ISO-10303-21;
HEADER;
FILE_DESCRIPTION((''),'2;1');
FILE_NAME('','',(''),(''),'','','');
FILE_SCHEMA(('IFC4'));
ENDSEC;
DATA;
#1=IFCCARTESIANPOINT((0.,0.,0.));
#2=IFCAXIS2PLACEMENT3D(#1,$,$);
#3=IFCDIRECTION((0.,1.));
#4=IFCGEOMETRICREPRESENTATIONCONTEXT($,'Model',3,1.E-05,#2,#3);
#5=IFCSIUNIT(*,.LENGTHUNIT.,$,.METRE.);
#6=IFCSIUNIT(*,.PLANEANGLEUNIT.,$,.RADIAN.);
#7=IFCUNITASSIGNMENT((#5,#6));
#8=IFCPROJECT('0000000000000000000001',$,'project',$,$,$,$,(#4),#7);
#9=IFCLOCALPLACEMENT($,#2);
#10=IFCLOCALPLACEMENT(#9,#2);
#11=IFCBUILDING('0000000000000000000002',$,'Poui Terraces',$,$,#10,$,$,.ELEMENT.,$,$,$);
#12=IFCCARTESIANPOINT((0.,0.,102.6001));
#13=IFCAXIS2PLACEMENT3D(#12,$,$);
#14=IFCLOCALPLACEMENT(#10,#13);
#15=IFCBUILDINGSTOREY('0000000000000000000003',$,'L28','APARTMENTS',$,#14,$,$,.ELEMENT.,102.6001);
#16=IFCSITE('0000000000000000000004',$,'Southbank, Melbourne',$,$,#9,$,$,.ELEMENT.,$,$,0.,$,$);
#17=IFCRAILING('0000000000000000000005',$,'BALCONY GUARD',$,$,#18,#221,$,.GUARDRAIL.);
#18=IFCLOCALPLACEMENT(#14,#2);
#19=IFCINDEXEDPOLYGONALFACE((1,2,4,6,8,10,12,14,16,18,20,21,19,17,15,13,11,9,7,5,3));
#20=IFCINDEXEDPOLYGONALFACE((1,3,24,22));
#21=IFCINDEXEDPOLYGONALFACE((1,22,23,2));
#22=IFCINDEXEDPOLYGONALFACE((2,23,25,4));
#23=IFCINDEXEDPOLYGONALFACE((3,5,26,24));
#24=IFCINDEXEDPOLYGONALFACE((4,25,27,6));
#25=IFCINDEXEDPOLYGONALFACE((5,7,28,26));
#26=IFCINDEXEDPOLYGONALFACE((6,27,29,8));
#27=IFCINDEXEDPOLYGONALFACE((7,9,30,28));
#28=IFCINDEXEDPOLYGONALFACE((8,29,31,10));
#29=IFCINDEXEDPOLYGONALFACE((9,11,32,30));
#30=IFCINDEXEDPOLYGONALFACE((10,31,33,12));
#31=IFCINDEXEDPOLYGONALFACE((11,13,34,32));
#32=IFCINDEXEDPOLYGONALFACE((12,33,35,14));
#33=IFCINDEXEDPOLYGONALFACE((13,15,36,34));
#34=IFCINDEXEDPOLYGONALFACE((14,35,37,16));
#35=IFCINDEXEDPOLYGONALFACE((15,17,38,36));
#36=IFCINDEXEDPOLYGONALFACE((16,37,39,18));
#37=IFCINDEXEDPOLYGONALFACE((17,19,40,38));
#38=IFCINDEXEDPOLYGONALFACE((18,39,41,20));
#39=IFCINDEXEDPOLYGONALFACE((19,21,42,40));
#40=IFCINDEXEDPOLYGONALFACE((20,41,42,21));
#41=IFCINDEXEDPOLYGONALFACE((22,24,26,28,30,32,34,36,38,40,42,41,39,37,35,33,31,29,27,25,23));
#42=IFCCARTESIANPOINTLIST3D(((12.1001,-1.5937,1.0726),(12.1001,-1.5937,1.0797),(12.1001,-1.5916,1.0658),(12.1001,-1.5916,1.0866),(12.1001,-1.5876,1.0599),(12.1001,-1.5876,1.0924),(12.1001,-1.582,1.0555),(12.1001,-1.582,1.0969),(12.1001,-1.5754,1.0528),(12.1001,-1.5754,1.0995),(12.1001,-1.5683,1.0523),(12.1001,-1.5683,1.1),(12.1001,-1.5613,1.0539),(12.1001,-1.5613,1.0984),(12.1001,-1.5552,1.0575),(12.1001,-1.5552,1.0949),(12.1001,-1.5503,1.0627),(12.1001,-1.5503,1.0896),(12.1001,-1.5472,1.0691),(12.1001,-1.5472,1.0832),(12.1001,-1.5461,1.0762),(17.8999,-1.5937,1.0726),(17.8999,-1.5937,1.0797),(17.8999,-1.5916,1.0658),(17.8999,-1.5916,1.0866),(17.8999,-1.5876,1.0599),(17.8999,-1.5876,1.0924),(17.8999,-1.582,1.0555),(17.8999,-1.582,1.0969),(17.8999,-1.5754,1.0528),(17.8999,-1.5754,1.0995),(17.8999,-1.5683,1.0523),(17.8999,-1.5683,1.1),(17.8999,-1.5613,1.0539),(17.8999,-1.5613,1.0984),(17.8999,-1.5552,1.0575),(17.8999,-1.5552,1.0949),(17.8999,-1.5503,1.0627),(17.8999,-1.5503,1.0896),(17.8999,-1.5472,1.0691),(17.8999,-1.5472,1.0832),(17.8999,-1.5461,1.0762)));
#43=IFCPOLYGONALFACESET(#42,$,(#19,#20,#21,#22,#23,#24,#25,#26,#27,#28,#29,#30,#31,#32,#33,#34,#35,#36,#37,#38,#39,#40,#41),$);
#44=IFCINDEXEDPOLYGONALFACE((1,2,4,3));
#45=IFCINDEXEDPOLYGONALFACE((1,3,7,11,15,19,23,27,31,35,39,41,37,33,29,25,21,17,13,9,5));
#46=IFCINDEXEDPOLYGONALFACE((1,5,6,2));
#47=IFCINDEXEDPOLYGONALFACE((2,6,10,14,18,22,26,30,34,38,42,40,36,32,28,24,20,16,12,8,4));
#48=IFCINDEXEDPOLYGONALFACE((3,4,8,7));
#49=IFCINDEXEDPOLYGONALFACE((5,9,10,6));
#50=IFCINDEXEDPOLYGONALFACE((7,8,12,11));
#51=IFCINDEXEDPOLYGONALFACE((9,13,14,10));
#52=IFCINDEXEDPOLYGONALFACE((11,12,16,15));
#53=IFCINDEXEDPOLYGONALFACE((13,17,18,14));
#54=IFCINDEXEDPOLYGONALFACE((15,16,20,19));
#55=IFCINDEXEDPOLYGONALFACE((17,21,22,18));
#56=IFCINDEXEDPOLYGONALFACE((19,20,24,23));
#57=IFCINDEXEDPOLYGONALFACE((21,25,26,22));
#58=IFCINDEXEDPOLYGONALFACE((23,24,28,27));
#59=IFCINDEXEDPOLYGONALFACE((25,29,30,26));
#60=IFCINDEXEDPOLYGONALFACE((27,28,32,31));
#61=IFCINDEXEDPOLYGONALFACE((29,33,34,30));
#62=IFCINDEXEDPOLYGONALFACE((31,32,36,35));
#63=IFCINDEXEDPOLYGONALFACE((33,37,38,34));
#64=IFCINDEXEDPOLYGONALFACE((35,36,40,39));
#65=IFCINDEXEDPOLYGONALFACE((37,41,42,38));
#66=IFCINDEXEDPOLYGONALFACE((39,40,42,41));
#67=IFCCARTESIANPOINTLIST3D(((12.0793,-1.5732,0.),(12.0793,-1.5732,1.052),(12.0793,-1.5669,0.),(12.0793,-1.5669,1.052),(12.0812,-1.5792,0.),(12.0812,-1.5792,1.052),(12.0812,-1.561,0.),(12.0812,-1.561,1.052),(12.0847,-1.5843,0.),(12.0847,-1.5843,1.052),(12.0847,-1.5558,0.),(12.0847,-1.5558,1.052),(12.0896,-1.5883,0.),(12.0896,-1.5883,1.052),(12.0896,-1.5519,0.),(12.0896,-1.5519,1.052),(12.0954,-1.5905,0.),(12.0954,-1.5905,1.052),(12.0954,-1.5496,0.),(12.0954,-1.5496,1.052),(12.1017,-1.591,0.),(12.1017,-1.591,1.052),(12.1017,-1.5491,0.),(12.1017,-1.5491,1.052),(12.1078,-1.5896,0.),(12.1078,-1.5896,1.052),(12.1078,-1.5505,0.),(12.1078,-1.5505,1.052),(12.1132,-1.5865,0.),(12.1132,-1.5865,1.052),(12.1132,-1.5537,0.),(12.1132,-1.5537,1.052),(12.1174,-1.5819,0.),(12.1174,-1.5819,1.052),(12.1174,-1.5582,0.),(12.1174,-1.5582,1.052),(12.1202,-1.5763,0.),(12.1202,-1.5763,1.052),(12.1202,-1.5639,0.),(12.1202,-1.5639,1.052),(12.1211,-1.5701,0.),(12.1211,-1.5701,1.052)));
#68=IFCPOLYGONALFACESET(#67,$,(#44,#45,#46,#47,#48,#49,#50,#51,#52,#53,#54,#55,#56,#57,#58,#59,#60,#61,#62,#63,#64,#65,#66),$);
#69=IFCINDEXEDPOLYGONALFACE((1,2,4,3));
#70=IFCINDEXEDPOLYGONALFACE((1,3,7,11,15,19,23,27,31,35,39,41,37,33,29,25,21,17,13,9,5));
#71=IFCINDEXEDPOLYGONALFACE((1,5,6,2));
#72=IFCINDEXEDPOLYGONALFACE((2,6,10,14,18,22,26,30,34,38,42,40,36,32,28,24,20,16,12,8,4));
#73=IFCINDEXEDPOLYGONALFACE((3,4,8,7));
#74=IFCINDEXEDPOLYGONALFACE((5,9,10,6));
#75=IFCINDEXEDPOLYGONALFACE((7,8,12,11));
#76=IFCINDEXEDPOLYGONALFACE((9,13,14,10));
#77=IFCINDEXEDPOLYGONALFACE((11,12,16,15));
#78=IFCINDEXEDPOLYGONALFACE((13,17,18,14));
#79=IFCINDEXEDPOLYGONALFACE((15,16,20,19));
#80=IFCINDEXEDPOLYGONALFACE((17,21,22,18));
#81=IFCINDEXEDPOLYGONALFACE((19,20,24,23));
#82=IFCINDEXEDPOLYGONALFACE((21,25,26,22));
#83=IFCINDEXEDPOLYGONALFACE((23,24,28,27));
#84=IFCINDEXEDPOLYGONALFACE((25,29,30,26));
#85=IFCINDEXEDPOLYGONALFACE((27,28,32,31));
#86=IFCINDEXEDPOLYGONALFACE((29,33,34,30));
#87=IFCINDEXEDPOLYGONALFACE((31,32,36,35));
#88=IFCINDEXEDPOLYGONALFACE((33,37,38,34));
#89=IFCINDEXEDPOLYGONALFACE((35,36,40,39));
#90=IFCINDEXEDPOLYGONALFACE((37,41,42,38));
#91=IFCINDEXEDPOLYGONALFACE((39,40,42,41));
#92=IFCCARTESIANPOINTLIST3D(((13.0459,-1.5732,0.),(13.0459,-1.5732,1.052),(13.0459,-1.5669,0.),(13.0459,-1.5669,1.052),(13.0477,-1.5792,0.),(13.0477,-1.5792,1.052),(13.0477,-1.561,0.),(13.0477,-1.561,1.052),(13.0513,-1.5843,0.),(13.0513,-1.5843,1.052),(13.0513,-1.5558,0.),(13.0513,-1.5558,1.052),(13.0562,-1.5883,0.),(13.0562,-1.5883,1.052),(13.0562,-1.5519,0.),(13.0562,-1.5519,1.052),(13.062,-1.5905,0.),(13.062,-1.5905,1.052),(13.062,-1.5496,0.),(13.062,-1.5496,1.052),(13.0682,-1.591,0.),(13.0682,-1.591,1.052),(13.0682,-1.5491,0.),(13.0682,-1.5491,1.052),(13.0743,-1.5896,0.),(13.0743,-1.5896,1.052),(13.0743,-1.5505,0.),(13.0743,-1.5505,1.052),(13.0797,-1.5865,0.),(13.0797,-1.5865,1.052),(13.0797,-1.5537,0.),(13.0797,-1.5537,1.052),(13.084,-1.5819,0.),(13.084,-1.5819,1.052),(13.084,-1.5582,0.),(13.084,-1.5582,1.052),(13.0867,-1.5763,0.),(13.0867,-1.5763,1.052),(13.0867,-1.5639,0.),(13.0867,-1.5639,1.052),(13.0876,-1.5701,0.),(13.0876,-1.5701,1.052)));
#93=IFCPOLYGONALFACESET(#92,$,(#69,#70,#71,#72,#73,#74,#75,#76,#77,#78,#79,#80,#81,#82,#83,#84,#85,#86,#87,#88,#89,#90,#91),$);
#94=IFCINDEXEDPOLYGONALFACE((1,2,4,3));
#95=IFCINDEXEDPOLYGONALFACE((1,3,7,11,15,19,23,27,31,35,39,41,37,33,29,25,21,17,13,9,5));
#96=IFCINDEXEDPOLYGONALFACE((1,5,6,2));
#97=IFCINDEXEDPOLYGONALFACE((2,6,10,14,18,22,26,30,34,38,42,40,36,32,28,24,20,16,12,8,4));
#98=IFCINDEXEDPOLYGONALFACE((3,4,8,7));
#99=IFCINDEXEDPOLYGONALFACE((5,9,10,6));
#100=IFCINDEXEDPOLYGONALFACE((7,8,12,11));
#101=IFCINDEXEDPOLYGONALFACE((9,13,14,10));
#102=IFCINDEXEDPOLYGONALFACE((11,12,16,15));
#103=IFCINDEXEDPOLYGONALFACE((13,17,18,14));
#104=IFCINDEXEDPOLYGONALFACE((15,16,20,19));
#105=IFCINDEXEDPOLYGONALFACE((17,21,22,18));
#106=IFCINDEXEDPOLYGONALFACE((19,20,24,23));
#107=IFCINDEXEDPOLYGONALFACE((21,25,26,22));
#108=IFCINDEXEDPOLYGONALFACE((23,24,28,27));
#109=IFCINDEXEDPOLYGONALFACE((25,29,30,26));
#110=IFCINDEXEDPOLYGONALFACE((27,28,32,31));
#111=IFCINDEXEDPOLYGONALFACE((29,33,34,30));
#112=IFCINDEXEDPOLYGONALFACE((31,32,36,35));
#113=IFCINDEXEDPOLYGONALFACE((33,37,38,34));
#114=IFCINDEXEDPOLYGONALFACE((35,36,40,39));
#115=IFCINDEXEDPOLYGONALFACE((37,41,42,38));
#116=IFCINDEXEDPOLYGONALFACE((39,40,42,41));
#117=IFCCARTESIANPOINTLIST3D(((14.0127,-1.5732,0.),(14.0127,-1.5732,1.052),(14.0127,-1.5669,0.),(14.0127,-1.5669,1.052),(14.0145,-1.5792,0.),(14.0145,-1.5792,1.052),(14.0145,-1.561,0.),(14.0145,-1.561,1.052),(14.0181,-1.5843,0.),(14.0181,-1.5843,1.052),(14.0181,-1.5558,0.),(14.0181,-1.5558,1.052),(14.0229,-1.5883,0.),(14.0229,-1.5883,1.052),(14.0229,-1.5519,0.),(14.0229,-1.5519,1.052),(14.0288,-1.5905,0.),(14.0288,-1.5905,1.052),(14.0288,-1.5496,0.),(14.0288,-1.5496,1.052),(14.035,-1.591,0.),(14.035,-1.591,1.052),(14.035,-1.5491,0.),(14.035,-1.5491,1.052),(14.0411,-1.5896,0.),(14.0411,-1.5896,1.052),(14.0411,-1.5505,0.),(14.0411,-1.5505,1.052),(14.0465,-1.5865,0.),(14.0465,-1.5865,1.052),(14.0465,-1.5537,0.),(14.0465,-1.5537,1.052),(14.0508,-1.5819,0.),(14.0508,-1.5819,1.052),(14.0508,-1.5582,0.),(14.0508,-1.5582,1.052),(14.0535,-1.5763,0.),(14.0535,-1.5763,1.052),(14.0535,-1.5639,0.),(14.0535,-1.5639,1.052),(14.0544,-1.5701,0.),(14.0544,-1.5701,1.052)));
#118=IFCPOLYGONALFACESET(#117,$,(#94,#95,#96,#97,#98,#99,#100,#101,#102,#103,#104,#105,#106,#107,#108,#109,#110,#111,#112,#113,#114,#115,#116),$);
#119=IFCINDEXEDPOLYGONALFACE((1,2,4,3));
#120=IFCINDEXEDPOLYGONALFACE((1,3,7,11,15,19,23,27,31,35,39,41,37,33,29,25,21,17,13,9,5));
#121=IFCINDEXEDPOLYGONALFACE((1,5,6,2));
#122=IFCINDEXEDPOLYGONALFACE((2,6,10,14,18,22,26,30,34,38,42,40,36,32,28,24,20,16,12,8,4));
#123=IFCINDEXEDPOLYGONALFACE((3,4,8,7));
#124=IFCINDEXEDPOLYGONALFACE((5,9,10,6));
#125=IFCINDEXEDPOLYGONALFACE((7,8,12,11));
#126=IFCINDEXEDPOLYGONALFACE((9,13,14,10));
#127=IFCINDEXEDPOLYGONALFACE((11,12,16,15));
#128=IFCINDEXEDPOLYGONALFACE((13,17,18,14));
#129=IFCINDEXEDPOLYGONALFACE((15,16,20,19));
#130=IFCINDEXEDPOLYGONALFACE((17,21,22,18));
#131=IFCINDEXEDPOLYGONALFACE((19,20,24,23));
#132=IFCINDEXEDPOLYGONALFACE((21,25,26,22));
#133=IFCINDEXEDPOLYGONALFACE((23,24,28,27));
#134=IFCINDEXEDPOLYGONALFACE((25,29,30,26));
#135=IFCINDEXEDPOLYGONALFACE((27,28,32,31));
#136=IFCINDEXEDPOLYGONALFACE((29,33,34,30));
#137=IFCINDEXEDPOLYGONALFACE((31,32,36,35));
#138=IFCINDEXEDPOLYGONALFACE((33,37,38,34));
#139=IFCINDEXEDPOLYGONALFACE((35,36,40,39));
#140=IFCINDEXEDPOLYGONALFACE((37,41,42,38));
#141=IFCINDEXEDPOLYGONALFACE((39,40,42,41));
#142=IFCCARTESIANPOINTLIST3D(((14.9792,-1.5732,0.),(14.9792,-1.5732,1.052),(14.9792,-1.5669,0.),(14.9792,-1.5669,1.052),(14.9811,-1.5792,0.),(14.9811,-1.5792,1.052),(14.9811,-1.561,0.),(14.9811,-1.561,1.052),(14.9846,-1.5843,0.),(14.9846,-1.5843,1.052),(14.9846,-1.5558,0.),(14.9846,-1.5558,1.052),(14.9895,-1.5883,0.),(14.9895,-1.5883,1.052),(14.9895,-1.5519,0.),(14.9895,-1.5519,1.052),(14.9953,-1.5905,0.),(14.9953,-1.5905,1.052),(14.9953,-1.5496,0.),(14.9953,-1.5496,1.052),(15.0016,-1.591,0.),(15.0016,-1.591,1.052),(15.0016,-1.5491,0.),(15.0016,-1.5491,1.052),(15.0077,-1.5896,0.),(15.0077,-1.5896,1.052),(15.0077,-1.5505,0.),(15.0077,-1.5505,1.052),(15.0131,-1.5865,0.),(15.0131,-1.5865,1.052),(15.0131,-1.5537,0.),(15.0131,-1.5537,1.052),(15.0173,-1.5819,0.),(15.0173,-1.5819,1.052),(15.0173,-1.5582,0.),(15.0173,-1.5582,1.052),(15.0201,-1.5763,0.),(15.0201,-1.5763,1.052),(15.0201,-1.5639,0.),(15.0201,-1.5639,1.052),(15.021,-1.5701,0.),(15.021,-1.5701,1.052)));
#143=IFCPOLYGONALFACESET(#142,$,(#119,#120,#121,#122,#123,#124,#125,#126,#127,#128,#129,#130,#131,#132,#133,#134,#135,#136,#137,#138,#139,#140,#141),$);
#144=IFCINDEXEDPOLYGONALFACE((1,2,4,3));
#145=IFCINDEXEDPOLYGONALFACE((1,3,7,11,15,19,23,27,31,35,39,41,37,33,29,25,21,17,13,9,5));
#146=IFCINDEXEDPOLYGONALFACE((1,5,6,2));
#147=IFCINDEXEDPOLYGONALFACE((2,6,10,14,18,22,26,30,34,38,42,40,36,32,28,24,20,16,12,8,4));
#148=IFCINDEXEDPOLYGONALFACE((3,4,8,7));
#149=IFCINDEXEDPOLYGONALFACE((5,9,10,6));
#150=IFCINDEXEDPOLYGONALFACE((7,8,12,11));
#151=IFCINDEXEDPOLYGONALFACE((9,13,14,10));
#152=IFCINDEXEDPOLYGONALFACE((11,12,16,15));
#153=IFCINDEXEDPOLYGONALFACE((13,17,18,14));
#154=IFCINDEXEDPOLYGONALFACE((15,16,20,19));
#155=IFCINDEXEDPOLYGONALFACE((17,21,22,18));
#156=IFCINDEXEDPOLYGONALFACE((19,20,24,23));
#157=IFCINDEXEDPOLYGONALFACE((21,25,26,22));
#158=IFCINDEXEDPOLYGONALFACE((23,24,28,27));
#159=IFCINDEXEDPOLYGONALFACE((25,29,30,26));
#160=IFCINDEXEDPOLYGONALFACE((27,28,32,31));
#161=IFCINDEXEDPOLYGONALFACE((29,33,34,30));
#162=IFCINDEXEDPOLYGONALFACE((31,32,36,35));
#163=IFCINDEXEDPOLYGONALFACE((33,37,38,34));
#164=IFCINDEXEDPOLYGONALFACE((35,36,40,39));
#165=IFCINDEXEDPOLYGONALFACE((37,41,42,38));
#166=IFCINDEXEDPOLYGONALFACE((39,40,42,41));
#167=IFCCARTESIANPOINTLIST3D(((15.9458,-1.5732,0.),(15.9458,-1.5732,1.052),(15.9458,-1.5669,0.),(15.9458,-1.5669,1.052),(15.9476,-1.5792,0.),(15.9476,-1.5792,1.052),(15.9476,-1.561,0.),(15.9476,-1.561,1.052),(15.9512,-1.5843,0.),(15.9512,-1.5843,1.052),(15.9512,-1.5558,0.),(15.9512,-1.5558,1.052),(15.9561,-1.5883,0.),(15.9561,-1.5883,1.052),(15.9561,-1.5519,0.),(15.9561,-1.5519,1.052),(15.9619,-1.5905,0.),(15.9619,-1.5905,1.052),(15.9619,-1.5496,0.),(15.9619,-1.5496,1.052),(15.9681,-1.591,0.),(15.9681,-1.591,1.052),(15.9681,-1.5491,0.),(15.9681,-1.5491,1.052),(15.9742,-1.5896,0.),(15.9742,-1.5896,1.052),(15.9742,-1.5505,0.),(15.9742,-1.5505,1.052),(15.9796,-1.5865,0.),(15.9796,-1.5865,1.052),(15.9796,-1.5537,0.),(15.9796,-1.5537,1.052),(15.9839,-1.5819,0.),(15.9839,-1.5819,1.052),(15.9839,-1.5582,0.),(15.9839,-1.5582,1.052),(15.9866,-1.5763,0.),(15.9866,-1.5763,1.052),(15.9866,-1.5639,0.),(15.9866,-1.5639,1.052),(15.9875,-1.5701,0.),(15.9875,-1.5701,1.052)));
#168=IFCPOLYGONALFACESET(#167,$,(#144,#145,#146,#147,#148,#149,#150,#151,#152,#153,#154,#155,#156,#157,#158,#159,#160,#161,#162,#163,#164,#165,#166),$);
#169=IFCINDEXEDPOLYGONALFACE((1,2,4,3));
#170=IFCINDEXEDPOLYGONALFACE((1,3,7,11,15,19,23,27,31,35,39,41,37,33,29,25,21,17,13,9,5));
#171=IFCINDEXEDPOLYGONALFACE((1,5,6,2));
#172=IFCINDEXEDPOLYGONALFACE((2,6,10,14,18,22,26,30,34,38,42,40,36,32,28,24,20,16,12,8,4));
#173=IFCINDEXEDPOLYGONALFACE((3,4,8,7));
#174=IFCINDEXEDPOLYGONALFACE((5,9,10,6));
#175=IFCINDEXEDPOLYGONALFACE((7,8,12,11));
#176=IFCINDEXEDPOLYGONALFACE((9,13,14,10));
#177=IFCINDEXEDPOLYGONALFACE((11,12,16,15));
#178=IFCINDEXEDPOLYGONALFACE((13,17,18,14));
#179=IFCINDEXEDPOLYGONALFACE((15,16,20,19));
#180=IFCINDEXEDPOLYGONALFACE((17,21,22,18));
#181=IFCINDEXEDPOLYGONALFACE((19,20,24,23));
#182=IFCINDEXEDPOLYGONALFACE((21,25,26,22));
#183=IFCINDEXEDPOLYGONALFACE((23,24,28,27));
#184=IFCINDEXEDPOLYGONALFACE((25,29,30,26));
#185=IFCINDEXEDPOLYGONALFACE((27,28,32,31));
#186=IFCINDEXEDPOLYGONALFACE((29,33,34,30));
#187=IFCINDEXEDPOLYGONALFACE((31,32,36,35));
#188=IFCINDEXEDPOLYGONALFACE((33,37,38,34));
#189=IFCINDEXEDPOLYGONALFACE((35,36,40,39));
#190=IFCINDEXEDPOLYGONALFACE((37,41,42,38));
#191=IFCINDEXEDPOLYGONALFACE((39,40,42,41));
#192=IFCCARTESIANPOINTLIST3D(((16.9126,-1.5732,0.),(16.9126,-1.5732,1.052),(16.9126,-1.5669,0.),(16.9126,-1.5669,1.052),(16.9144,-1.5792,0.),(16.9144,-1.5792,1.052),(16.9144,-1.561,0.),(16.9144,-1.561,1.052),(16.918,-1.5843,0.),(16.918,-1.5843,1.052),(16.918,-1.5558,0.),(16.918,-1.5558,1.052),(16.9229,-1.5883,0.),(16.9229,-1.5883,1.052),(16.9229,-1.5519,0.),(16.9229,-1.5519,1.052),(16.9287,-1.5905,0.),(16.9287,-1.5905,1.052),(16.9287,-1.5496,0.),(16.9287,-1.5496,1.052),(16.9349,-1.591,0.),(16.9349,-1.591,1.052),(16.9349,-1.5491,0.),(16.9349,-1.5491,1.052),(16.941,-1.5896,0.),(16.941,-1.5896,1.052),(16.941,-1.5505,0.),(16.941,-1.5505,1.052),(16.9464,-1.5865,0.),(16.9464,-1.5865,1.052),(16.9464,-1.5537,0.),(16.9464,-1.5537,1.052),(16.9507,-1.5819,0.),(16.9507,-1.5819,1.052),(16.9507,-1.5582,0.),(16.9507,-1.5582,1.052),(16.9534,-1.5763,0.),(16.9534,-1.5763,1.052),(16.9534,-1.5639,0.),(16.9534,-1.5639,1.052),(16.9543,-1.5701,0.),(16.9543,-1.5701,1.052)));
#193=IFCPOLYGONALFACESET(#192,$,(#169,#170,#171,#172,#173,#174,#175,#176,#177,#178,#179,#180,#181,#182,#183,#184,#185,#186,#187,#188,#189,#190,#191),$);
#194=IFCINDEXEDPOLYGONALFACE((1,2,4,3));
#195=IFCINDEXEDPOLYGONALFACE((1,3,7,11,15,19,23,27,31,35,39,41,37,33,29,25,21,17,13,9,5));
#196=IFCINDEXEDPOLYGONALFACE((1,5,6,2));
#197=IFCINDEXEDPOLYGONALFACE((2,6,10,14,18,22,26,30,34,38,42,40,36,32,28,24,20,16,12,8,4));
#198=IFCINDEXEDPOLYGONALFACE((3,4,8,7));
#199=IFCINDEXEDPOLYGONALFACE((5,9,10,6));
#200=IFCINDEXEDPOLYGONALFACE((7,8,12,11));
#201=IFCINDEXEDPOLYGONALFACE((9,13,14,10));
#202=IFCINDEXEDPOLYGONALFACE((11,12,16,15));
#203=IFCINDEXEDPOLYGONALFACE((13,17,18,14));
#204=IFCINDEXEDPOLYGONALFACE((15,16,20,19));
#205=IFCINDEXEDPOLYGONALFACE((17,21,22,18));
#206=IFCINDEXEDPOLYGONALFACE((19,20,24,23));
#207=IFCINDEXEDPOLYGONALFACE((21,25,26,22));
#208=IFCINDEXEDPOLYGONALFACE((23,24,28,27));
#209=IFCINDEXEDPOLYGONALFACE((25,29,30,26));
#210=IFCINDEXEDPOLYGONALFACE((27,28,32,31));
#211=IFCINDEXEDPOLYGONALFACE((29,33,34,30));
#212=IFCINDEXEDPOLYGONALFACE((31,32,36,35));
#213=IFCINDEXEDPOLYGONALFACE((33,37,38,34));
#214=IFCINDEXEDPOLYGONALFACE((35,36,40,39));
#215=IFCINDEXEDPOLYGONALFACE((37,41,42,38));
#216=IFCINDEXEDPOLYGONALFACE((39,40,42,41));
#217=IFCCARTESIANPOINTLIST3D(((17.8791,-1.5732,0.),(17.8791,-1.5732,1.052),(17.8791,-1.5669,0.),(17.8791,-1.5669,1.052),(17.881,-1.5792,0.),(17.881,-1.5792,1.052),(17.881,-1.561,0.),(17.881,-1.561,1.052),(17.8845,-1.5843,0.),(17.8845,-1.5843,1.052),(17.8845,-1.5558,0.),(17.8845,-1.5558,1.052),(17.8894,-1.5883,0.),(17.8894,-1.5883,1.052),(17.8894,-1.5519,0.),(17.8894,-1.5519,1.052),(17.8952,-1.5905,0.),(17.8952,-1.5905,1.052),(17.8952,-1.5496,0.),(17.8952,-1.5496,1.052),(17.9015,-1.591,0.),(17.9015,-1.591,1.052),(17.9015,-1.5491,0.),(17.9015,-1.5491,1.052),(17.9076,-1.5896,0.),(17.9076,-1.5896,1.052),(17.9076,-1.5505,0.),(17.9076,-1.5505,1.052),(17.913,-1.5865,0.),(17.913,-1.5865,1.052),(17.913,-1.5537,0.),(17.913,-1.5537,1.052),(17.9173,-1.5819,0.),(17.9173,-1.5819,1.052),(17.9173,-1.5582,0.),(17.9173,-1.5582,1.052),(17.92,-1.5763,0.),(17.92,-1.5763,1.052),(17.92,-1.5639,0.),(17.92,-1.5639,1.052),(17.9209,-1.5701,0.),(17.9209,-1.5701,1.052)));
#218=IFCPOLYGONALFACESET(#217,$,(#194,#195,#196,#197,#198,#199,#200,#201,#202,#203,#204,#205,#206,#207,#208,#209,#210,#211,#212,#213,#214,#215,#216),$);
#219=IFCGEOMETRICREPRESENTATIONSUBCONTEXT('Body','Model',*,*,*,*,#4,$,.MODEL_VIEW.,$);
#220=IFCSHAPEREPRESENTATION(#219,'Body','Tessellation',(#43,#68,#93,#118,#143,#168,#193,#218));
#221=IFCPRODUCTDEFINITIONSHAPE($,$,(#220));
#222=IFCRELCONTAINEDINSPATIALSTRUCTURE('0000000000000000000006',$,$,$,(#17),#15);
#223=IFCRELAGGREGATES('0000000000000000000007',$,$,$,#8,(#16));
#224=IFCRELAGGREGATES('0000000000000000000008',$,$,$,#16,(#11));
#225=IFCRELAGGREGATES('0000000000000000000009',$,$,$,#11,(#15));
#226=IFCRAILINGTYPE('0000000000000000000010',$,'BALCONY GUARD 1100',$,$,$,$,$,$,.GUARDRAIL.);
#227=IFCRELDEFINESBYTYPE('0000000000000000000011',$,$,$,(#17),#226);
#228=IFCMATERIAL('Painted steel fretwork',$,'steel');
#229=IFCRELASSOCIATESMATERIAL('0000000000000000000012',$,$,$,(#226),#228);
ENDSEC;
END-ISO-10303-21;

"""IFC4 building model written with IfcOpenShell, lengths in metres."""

from ifc_helpers import new_model, si_unit, direction, frame, origin, origin_2d, place, context, subcontext, project, spatial, circle, extrude, material, type_object, element, save


model = new_model("IFC4")

# Units and contexts
model_context = context("Model", 3, precision=1e-05, world=origin(), true_north=direction((0.0, 1.0)))
body_context = subcontext(model_context, "Body", "Model", "MODEL_VIEW")
ifc_project = project(units=[si_unit("LENGTHUNIT", "METRE"), si_unit("PLANEANGLEUNIT", "RADIAN")], contexts=[model_context])

# Site, building, storey
site_placement = place(None, origin())
site = spatial("IfcSite", under=ifc_project, at=site_placement, Name="Southbank, Melbourne", CompositionType="ELEMENT", RefElevation=0.0)
building_placement = place(site_placement, origin())
building = spatial("IfcBuilding", under=site, at=building_placement, Name="Poui Terraces", CompositionType="ELEMENT")
storey_placement = place(building_placement, frame((0.0, 0.0, 102.6001)))
storey = spatial("IfcBuildingStorey", under=building, at=storey_placement, Name="L28", Description="APARTMENTS", CompositionType="ELEMENT", Elevation=102.6001)

# Railing
ifc_material_1 = material(Name="Painted steel fretwork", Category="steel")
railing_type = type_object("IfcRailingType", Name="BALCONY GUARD 1100", PredefinedType="GUARDRAIL", material=ifc_material_1)
railing_placement = place(storey_placement, frame((12.1001, -1.5701, 0.0)))
element("IfcRailing", 1, at=railing_placement, inside=storey, type_object=railing_type, Name="BALCONY GUARD", PredefinedType="GUARDRAIL", context=body_context, shape_type="SweptSolid", body=[
    extrude(circle(Radius=0.0239, at=origin_2d()), frame((0.0, 0.0, 1.0762), z_axis=(1.0, 0.0, 0.0), x_axis=(0.0, 1.0, 0.0)), (0.0, 0.0, 1.0), 5.7998),
    extrude(circle(Radius=0.021, at=origin_2d()), origin(), (0.0, 0.0, 1.0), 1.052),
    extrude(circle(Radius=0.021, at=origin_2d()), frame((0.9666, 0.0, 0.0)), (0.0, 0.0, 1.0), 1.052),
    extrude(circle(Radius=0.021, at=origin_2d()), frame((1.9333, 0.0, 0.0)), (0.0, 0.0, 1.0), 1.052),
    extrude(circle(Radius=0.021, at=origin_2d()), frame((2.8999, 0.0, 0.0)), (0.0, 0.0, 1.0), 1.052),
    extrude(circle(Radius=0.021, at=origin_2d()), frame((3.8665, 0.0, 0.0)), (0.0, 0.0, 1.0), 1.052),
    extrude(circle(Radius=0.021, at=origin_2d()), frame((4.8333, 0.0, 0.0)), (0.0, 0.0, 1.0), 1.052),
    extrude(circle(Radius=0.021, at=origin_2d()), frame((5.7998, 0.0, 0.0)), (0.0, 0.0, 1.0), 1.052),
])

save(model, "model.ifc")
